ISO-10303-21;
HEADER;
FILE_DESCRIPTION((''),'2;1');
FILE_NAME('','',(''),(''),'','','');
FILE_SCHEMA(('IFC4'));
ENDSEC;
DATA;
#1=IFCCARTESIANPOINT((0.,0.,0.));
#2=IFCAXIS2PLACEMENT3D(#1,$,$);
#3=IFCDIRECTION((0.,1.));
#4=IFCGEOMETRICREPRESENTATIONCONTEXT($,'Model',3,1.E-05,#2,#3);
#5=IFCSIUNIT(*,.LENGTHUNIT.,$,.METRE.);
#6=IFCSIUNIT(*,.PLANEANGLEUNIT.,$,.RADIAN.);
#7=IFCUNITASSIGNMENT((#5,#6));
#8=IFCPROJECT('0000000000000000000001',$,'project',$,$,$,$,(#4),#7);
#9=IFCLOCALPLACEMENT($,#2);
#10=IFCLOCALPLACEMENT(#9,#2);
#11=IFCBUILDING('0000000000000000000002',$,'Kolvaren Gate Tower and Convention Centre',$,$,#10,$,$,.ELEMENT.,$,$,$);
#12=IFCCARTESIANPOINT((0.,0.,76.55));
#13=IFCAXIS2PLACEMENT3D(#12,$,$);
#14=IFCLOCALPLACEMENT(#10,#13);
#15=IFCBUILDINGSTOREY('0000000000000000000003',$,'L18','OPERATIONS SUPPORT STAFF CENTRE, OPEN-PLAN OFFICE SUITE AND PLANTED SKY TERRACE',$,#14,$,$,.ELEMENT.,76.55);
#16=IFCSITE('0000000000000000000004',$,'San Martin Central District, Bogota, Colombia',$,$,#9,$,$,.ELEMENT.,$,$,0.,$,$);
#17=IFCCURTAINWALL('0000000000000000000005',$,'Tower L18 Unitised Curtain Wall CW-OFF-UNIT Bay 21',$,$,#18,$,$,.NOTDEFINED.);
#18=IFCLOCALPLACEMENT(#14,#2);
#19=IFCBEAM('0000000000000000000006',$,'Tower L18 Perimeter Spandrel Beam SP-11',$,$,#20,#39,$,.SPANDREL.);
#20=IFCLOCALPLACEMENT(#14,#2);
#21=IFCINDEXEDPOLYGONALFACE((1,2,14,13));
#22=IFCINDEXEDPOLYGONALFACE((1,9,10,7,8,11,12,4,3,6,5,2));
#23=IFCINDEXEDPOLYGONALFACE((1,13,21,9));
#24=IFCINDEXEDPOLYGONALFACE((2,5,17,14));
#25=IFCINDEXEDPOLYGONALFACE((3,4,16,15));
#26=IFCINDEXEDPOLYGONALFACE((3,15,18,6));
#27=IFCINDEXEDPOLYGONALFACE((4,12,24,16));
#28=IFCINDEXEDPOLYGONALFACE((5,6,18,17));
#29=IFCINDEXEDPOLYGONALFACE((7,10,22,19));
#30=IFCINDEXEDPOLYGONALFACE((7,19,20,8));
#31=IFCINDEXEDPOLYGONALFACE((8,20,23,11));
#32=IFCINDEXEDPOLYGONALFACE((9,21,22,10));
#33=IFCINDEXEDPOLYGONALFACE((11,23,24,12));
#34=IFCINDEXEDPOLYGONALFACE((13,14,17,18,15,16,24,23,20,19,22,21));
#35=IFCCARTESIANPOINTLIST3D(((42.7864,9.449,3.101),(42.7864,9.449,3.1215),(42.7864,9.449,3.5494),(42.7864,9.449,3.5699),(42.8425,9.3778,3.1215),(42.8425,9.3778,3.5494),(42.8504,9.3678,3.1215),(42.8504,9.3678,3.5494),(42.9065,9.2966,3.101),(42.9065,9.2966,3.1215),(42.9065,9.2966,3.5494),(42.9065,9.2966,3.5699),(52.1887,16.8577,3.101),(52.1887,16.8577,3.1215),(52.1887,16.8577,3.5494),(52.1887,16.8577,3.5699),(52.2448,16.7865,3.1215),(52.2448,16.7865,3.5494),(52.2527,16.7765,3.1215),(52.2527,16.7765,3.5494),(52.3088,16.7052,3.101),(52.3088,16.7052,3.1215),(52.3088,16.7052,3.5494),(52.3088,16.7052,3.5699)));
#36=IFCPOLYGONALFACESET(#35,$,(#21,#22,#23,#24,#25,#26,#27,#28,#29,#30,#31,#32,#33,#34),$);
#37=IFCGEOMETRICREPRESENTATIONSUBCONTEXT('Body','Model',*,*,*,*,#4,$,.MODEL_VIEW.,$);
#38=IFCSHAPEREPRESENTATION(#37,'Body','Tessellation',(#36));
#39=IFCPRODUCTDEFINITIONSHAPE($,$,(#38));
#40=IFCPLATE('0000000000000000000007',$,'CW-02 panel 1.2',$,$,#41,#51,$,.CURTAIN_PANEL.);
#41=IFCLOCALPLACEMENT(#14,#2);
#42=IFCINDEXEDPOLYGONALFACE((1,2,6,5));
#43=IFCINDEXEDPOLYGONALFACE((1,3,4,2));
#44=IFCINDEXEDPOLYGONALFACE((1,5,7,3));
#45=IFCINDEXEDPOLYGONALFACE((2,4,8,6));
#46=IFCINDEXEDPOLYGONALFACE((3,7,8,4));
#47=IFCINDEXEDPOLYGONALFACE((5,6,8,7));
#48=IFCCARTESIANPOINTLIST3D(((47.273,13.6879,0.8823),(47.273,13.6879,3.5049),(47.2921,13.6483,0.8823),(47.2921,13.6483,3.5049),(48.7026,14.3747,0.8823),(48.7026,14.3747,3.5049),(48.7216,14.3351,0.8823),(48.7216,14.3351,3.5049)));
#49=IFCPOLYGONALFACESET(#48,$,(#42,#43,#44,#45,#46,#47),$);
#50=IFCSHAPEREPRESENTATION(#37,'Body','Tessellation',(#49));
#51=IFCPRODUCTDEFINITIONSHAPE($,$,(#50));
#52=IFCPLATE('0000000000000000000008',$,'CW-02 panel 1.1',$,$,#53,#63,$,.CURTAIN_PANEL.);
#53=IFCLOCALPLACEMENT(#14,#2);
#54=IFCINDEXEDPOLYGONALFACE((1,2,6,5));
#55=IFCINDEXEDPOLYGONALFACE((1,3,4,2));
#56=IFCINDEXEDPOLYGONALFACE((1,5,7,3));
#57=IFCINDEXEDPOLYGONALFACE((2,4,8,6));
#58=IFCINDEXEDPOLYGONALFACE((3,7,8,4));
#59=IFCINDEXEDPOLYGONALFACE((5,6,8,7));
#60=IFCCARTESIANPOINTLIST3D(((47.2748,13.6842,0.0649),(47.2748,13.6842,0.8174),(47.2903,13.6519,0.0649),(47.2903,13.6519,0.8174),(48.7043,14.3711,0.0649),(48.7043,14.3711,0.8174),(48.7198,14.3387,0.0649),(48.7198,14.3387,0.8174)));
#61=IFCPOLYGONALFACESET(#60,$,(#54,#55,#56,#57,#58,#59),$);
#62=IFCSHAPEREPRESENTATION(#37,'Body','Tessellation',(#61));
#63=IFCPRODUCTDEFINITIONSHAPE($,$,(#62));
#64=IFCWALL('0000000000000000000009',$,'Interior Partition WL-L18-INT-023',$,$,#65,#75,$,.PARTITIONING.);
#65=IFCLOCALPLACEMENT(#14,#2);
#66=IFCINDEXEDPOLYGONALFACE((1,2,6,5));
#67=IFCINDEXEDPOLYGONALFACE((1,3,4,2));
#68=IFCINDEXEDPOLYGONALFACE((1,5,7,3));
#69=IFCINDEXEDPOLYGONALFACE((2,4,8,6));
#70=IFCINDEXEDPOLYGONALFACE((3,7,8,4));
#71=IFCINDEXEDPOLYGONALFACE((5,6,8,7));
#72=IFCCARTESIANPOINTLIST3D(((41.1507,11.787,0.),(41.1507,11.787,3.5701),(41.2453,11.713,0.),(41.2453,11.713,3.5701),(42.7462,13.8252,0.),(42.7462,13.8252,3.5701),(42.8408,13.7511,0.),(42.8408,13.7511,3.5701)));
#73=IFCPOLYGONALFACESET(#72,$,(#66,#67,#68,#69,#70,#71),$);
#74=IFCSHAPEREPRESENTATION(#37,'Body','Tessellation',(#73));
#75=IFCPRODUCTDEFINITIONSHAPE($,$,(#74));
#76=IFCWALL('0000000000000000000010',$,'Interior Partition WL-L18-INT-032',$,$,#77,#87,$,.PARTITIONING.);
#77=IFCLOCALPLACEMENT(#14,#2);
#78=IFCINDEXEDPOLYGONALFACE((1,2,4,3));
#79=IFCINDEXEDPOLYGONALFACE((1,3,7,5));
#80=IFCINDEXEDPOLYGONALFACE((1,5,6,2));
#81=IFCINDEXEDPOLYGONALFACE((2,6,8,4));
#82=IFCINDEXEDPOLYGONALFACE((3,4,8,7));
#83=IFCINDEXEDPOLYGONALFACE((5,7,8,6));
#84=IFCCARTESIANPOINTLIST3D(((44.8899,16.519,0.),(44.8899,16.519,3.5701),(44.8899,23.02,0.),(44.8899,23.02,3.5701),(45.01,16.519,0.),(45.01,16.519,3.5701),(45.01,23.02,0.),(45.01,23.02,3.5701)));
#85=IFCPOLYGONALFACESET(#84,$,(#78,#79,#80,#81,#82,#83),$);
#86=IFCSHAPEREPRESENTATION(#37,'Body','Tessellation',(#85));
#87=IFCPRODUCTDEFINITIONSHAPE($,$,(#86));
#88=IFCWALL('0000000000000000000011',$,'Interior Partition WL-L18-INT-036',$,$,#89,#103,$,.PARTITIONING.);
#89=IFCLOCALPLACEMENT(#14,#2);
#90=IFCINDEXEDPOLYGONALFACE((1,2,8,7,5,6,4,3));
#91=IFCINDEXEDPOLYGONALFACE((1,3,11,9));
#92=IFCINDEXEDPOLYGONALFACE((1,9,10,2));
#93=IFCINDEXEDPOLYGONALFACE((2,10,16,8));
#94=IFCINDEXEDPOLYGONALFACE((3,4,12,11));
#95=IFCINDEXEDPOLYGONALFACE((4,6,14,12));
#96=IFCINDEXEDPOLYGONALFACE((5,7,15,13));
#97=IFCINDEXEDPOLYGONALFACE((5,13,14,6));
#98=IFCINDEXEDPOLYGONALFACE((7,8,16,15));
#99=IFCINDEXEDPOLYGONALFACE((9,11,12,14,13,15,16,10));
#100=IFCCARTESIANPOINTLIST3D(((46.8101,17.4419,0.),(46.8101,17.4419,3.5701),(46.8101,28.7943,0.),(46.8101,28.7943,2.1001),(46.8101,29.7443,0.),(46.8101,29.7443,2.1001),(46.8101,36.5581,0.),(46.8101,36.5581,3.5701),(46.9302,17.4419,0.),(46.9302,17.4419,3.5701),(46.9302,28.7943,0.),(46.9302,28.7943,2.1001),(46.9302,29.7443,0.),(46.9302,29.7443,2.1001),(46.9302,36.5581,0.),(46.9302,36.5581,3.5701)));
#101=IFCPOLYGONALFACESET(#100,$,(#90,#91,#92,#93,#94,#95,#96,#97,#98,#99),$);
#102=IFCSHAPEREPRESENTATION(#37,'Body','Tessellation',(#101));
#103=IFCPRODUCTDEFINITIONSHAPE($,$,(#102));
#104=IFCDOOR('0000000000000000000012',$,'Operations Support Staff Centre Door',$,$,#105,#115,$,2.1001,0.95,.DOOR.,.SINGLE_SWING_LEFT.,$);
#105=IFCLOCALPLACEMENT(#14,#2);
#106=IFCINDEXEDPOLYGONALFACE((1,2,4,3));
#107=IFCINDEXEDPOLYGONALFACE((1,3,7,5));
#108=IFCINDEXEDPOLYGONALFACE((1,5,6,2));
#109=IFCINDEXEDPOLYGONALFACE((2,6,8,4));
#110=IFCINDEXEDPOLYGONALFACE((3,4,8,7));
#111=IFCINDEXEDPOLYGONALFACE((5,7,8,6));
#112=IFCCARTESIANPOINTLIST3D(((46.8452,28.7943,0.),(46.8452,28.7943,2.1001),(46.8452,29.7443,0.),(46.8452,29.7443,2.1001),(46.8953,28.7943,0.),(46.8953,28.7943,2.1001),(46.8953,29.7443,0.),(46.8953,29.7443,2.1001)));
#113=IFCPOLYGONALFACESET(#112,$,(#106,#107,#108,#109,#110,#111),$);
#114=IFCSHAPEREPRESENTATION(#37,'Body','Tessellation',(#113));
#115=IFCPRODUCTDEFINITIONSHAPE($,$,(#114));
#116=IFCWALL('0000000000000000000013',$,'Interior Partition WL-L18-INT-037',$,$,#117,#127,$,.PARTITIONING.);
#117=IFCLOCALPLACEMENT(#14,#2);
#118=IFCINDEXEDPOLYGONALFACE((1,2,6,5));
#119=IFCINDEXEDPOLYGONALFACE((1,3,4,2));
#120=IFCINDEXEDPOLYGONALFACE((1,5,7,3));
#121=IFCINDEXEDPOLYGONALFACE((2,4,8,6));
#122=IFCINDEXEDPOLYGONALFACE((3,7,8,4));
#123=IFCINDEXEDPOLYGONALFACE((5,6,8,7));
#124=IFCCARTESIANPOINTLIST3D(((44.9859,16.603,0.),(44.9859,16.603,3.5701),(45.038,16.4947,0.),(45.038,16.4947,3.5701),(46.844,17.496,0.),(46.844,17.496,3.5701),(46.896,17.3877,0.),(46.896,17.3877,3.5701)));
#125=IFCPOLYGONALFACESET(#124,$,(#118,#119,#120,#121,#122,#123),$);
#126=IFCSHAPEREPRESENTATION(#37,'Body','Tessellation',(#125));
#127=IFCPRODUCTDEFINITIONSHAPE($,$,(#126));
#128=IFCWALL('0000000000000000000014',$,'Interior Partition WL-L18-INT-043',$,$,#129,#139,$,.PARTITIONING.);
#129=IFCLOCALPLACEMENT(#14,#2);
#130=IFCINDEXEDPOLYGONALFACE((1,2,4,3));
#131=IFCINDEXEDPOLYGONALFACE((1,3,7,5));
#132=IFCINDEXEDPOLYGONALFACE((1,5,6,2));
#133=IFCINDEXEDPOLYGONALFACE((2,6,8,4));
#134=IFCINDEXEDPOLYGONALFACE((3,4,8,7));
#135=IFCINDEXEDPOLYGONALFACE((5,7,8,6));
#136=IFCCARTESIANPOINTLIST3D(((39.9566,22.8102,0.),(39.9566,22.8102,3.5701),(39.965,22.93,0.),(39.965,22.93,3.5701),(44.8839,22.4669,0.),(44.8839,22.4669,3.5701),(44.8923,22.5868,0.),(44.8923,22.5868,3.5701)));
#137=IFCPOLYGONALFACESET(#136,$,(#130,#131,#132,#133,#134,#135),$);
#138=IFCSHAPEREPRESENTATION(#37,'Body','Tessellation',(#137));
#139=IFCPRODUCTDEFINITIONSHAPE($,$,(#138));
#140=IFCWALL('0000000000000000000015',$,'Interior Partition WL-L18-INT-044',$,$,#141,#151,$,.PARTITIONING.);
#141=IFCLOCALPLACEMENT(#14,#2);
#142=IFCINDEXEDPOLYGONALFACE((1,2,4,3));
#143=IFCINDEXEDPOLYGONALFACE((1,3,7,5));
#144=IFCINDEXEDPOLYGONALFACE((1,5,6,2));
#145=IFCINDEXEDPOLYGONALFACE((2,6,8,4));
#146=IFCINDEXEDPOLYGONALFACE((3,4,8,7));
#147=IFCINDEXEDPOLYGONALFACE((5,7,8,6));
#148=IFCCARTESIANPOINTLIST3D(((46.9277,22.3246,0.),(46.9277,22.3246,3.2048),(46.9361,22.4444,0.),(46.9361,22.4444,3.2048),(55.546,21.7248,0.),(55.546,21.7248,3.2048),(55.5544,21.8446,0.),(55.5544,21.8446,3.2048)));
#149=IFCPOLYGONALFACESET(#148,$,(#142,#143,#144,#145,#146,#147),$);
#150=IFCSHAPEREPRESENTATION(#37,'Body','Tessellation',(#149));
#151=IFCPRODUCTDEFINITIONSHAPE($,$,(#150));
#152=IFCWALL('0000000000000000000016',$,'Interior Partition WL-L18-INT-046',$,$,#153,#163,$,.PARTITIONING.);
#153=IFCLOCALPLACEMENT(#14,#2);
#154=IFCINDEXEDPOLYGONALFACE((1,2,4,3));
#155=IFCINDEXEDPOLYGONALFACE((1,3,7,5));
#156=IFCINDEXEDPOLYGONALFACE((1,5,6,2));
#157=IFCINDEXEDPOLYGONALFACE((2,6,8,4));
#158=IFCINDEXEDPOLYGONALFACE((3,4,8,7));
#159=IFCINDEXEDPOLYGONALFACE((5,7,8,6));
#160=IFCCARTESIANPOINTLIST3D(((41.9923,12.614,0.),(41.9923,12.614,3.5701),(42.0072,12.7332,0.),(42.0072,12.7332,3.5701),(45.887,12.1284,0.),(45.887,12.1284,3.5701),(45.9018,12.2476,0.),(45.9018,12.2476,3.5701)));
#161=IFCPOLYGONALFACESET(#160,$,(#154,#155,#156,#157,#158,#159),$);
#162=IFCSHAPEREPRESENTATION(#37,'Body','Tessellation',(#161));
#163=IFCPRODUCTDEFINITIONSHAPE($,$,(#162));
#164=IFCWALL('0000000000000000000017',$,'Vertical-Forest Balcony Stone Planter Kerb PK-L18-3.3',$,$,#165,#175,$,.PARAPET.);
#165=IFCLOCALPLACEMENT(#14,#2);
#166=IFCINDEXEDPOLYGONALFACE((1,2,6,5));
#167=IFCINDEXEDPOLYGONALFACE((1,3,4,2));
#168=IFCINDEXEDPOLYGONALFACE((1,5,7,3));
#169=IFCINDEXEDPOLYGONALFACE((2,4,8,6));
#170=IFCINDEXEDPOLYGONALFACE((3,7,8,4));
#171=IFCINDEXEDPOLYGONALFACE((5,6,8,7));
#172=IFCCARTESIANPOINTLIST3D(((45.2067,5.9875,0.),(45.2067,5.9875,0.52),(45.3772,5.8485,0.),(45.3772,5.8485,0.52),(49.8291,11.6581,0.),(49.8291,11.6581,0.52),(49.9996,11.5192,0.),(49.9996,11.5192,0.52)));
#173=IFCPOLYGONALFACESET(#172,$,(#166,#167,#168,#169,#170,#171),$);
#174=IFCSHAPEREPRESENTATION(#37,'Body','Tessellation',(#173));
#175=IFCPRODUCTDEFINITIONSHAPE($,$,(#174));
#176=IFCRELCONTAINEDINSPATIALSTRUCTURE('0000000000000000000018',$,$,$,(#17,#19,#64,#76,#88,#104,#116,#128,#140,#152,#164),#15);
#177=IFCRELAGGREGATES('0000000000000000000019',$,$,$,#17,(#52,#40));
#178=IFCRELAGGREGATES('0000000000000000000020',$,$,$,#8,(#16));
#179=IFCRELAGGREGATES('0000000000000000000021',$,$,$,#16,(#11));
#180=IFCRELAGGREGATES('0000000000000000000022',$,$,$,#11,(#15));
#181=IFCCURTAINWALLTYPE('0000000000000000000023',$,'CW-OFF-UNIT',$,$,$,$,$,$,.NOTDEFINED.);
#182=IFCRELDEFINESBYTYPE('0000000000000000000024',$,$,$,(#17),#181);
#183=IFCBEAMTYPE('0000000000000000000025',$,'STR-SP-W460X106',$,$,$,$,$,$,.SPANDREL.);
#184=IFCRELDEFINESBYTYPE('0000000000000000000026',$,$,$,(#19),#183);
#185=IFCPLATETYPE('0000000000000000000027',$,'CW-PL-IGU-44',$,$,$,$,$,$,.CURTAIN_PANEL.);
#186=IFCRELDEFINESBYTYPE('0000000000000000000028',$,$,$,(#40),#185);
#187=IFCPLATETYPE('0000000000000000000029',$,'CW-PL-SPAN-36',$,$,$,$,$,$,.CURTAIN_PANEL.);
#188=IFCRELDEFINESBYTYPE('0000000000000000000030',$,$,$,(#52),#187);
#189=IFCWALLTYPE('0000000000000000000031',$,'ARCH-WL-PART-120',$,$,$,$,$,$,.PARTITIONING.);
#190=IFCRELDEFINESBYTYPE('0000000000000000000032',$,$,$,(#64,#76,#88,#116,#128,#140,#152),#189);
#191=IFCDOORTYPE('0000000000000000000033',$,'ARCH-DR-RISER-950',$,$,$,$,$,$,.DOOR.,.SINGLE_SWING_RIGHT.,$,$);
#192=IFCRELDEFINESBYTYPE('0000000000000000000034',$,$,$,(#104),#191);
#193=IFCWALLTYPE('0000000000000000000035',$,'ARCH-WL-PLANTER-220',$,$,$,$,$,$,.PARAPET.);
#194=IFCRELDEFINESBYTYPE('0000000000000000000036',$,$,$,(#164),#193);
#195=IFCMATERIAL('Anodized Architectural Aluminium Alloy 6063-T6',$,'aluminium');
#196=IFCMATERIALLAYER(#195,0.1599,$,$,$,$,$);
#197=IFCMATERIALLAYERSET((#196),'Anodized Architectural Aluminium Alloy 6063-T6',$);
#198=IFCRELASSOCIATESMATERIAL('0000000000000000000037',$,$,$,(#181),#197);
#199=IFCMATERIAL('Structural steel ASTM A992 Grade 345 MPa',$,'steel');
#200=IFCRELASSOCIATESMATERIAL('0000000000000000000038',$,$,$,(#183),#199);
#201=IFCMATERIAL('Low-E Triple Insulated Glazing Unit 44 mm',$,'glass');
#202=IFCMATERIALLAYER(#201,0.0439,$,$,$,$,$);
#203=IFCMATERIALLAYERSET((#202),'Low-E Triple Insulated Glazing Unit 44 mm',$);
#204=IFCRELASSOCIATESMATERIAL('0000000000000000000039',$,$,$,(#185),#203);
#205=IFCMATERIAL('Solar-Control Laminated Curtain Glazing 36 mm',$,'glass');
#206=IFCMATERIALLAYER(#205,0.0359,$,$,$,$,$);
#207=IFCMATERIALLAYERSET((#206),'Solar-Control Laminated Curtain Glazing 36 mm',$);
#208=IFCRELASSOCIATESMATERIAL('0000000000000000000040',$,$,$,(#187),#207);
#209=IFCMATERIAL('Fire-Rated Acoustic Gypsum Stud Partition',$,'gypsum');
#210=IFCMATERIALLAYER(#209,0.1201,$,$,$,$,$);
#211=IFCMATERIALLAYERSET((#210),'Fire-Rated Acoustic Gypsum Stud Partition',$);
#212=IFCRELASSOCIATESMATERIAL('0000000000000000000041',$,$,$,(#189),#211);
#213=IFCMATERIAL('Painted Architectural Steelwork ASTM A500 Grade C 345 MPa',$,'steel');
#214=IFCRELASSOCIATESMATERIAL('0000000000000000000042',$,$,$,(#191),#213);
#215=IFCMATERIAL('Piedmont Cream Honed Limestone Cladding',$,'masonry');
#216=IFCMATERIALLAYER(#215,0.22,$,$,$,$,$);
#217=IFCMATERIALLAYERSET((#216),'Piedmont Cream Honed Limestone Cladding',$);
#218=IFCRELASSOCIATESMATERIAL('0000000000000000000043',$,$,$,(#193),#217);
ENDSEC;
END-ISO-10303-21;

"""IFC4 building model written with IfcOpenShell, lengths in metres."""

from ifc_helpers import new_model, si_unit, direction, frame, frame_2d, origin, origin_2d, place, context, subcontext, project, spatial, rectangle, i_section, extrude, material, layer, layer_set, material_profile, profile_set, type_object, element, fill, aggregate, save


model = new_model("IFC4")

# Units and contexts
model_context = context("Model", 3, precision=1e-05, world=origin(), true_north=direction((0.0, 1.0)))
body_context = subcontext(model_context, "Body", "Model", "MODEL_VIEW")
ifc_project = project(units=[si_unit("LENGTHUNIT", "METRE"), si_unit("PLANEANGLEUNIT", "RADIAN")], contexts=[model_context])

# Site, building, storey
site_placement = place(None, origin())
site = spatial("IfcSite", under=ifc_project, at=site_placement, Name="San Martin Central District, Bogota, Colombia", CompositionType="ELEMENT", RefElevation=0.0)
building_placement = place(site_placement, origin())
building = spatial("IfcBuilding", under=site, at=building_placement, Name="Kolvaren Gate Tower and Convention Centre", CompositionType="ELEMENT")
storey_placement = place(building_placement, frame((0.0, 0.0, 76.55)))
storey = spatial("IfcBuildingStorey", under=building, at=storey_placement, Name="L18", Description="OPERATIONS SUPPORT STAFF CENTRE, OPEN-PLAN OFFICE SUITE AND PLANTED SKY TERRACE", CompositionType="ELEMENT", Elevation=76.55)

# Curtain wall
ifc_material_1 = material(Name="Anodized Architectural Aluminium Alloy 6063-T6", Category="aluminium")
ifc_layer_1 = layer(ifc_material_1, 0.1599)
ifc_layer_set_1 = layer_set([ifc_layer_1], Name="Anodized Architectural Aluminium Alloy 6063-T6")
curtain_wall_type = type_object("IfcCurtainWallType", Name="CW-OFF-UNIT", PredefinedType="NOTDEFINED", material=ifc_layer_set_1)
curtain_wall_placement = place(storey_placement, origin())
curtain_wall = element("IfcCurtainWall", 1, at=curtain_wall_placement, inside=storey, type_object=curtain_wall_type, Name="Tower L18 Unitised Curtain Wall CW-OFF-UNIT Bay 21", PredefinedType="NOTDEFINED")

# Beam
ifc_material_2 = material(Name="Structural steel ASTM A992 Grade 345 MPa", Category="steel")
ifc_material_profile_1 = material_profile(ifc_material_2, i_section(OverallWidth=0.1941, OverallDepth=0.469, WebThickness=0.0127, FlangeThickness=0.0205, at=origin_2d()), Name="W460X106")
ifc_profile_set_1 = profile_set([ifc_material_profile_1], Name="Structural steel ASTM A992 Grade 345 MPa")
beam_type_1 = type_object("IfcBeamType", Name="STR-SP-W460X106", PredefinedType="SPANDREL", material=ifc_profile_set_1)
beam_1_placement = place(storey_placement, frame((42.8464, 9.3728, 3.3354), z_axis=(0.78546, 0.618913, 0.0), x_axis=(-0.618913, 0.78546, 0.0)))
element("IfcBeam", 2, at=beam_1_placement, inside=storey, type_object=beam_type_1, Name="Tower L18 Perimeter Spandrel Beam SP-11", PredefinedType="SPANDREL", context=body_context, shape_type="SweptSolid", body=[
    extrude(i_section(OverallWidth=0.1941, OverallDepth=0.469, WebThickness=0.0127, FlangeThickness=0.0205, at=origin_2d()), origin(), (0.0, 0.0, 1.0), 11.9705),
])

# Plates
ifc_material_3 = material(Name="Low-E Triple Insulated Glazing Unit 44 mm", Category="glass")
ifc_layer_2 = layer(ifc_material_3, 0.0439)
ifc_layer_set_2 = layer_set([ifc_layer_2], Name="Low-E Triple Insulated Glazing Unit 44 mm")
plate_type_1 = type_object("IfcPlateType", Name="CW-PL-IGU-44", PredefinedType="CURTAIN_PANEL", material=ifc_layer_set_2)
plate_1_placement = place(storey_placement, frame((47.9973, 14.0115, 0.8823), z_axis=(0.0, 0.0, 1.0), x_axis=(0.901362, 0.433067, 0.0)))
plate_1 = element("IfcPlate", 3, at=plate_1_placement, type_object=plate_type_1, Name="CW-02 panel 1.2", PredefinedType="CURTAIN_PANEL", context=body_context, shape_type="SweptSolid", body=[
    extrude(rectangle(XDim=1.5859, YDim=0.0439, at=origin_2d()), origin(), (0.0, 0.0, 1.0), 2.6226),
])
ifc_material_4 = material(Name="Solar-Control Laminated Curtain Glazing 36 mm", Category="glass")
ifc_layer_3 = layer(ifc_material_4, 0.0359)
ifc_layer_set_3 = layer_set([ifc_layer_3], Name="Solar-Control Laminated Curtain Glazing 36 mm")
plate_type_2 = type_object("IfcPlateType", Name="CW-PL-SPAN-36", PredefinedType="CURTAIN_PANEL", material=ifc_layer_set_3)
plate_2_placement = place(storey_placement, frame((47.9973, 14.0115, 0.0649), z_axis=(0.0, 0.0, 1.0), x_axis=(0.901362, 0.433067, 0.0)))
plate_2 = element("IfcPlate", 4, at=plate_2_placement, type_object=plate_type_2, Name="CW-02 panel 1.1", PredefinedType="CURTAIN_PANEL", context=body_context, shape_type="SweptSolid", body=[
    extrude(rectangle(XDim=1.5859, YDim=0.0359, at=origin_2d()), origin(), (0.0, 0.0, 1.0), 0.7524),
])
aggregate(curtain_wall, [plate_2, plate_1])

# Walls
ifc_material_5 = material(Name="Fire-Rated Acoustic Gypsum Stud Partition", Category="gypsum")
ifc_layer_4 = layer(ifc_material_5, 0.1201)
ifc_layer_set_4 = layer_set([ifc_layer_4], Name="Fire-Rated Acoustic Gypsum Stud Partition")
wall_type_1 = type_object("IfcWallType", Name="ARCH-WL-PART-120", PredefinedType="PARTITIONING", material=ifc_layer_set_4)
wall_1_placement = place(storey_placement, frame((41.198, 11.75, 0.0), z_axis=(0.0, 0.0, 1.0), x_axis=(0.616413, 0.787423, 0.0)))
element("IfcWall", 5, at=wall_1_placement, inside=storey, type_object=wall_type_1, Name="Interior Partition WL-L18-INT-023", PredefinedType="PARTITIONING", context=body_context, shape_type="SweptSolid", body=[
    extrude(rectangle(XDim=2.5884, YDim=0.1201, at=frame_2d((1.2942, 0.0))), origin(), (0.0, 0.0, 1.0), 3.5701),
])
wall_2_placement = place(storey_placement, frame((44.95, 16.519, 0.0), z_axis=(0.0, 0.0, 1.0), x_axis=(0.0, 1.0, 0.0)))
element("IfcWall", 6, at=wall_2_placement, inside=storey, type_object=wall_type_1, Name="Interior Partition WL-L18-INT-032", PredefinedType="PARTITIONING", context=body_context, shape_type="SweptSolid", body=[
    extrude(rectangle(XDim=6.501, YDim=0.1201, at=frame_2d((3.2505, 0.0))), origin(), (0.0, 0.0, 1.0), 3.5701),
])

# Wall, opening, door
wall_3_placement = place(storey_placement, frame((46.8701, 17.4419, 0.0), z_axis=(0.0, 0.0, 1.0), x_axis=(0.0, 1.0, 0.0)))
wall_3 = element("IfcWall", 7, at=wall_3_placement, inside=storey, type_object=wall_type_1, Name="Interior Partition WL-L18-INT-036", PredefinedType="PARTITIONING", context=body_context, shape_type="SweptSolid", body=[
    extrude(rectangle(XDim=19.1162, YDim=0.1201, at=frame_2d((9.5581, 0.0))), origin(), (0.0, 0.0, 1.0), 3.5701),
])
opening_1_placement = place(wall_3_placement, frame((11.3523, 0.0, 0.0)))
opening_1 = element("IfcOpeningElement", 8, at=opening_1_placement, cuts=wall_3, PredefinedType="OPENING", context=body_context, shape_type="SweptSolid", body=[
    extrude(rectangle(XDim=0.95, YDim=2.1001, at=frame_2d((0.4751, 1.05))), frame((0.0, 0.0701, 0.0), z_axis=(0.0, -1.0, 0.0), x_axis=(1.0, 0.0, 0.0)), (0.0, 0.0, 1.0), 0.1401),
])
ifc_material_6 = material(Name="Painted Architectural Steelwork ASTM A500 Grade C 345 MPa", Category="steel")
door_type = type_object("IfcDoorType", Name="ARCH-DR-RISER-950", OperationType="SINGLE_SWING_RIGHT", PredefinedType="DOOR", material=ifc_material_6)
door_placement = place(opening_1_placement, origin())
door = element("IfcDoor", 9, at=door_placement, inside=storey, type_object=door_type, Name="Operations Support Staff Centre Door", OperationType="SINGLE_SWING_LEFT", OverallHeight=2.1001, OverallWidth=0.95, PredefinedType="DOOR", context=body_context, shape_type="SweptSolid", body=[
    extrude(rectangle(XDim=0.95, YDim=2.1001, at=frame_2d((0.4751, 1.05))), frame((0.0, 0.0249, 0.0), z_axis=(0.0, -1.0, 0.0), x_axis=(1.0, 0.0, 0.0)), (0.0, 0.0, 1.0), 0.05),
])
fill(opening_1, door)

# Walls
wall_4_placement = place(storey_placement, frame((45.012, 16.5488, 0.0), z_axis=(0.0, 0.0, 1.0), x_axis=(0.901305, 0.433185, 0.0)))
element("IfcWall", 10, at=wall_4_placement, inside=storey, type_object=wall_type_1, Name="Interior Partition WL-L18-INT-037", PredefinedType="PARTITIONING", context=body_context, shape_type="SweptSolid", body=[
    extrude(rectangle(XDim=2.0615, YDim=0.1201, at=frame_2d((1.0308, 0.0))), origin(), (0.0, 0.0, 1.0), 3.5701),
])
wall_5_placement = place(storey_placement, frame((39.9607, 22.8701, 0.0), z_axis=(0.0, 0.0, 1.0), x_axis=(0.997582, -0.069498, 0.0)))
element("IfcWall", 11, at=wall_5_placement, inside=storey, type_object=wall_type_1, Name="Interior Partition WL-L18-INT-043", PredefinedType="PARTITIONING", context=body_context, shape_type="SweptSolid", body=[
    extrude(rectangle(XDim=4.9392, YDim=0.1201, at=frame_2d((2.4697, 0.0))), origin(), (0.0, 0.0, 1.0), 3.5701),
])
wall_6_placement = place(storey_placement, frame((46.9319, 22.3845, 0.0), z_axis=(0.0, 0.0, 1.0), x_axis=(0.997587, -0.069433, 0.0)))
element("IfcWall", 12, at=wall_6_placement, inside=storey, type_object=wall_type_1, Name="Interior Partition WL-L18-INT-044", PredefinedType="PARTITIONING", context=body_context, shape_type="SweptSolid", body=[
    extrude(rectangle(XDim=8.6392, YDim=0.1201, at=frame_2d((4.3196, 0.0))), origin(), (0.0, 0.0, 1.0), 3.2048),
])
wall_7_placement = place(storey_placement, frame((41.9998, 12.6736, 0.0), z_axis=(0.0, 0.0, 1.0), x_axis=(0.992316, -0.123728, 0.0)))
element("IfcWall", 13, at=wall_7_placement, inside=storey, type_object=wall_type_1, Name="Interior Partition WL-L18-INT-046", PredefinedType="PARTITIONING", context=body_context, shape_type="SweptSolid", body=[
    extrude(rectangle(XDim=3.9248, YDim=0.1201, at=frame_2d((1.9624, 0.0))), origin(), (0.0, 0.0, 1.0), 3.5701),
])
ifc_material_7 = material(Name="Piedmont Cream Honed Limestone Cladding", Category="masonry")
ifc_layer_5 = layer(ifc_material_7, 0.22)
ifc_layer_set_5 = layer_set([ifc_layer_5], Name="Piedmont Cream Honed Limestone Cladding")
wall_type_2 = type_object("IfcWallType", Name="ARCH-WL-PLANTER-220", PredefinedType="PARAPET", material=ifc_layer_set_5)
wall_8_placement = place(storey_placement, frame((45.292, 5.918, 0.0), z_axis=(0.0, 0.0, 1.0), x_axis=(0.631819, 0.775116, 0.0)))
element("IfcWall", 14, at=wall_8_placement, inside=storey, type_object=wall_type_2, Name="Vertical-Forest Balcony Stone Planter Kerb PK-L18-3.3", PredefinedType="PARAPET", context=body_context, shape_type="SweptSolid", body=[
    extrude(rectangle(XDim=7.3159, YDim=0.22, at=frame_2d((3.658, 0.0))), origin(), (0.0, 0.0, 1.0), 0.52),
])

save(model, "model.ifc")
